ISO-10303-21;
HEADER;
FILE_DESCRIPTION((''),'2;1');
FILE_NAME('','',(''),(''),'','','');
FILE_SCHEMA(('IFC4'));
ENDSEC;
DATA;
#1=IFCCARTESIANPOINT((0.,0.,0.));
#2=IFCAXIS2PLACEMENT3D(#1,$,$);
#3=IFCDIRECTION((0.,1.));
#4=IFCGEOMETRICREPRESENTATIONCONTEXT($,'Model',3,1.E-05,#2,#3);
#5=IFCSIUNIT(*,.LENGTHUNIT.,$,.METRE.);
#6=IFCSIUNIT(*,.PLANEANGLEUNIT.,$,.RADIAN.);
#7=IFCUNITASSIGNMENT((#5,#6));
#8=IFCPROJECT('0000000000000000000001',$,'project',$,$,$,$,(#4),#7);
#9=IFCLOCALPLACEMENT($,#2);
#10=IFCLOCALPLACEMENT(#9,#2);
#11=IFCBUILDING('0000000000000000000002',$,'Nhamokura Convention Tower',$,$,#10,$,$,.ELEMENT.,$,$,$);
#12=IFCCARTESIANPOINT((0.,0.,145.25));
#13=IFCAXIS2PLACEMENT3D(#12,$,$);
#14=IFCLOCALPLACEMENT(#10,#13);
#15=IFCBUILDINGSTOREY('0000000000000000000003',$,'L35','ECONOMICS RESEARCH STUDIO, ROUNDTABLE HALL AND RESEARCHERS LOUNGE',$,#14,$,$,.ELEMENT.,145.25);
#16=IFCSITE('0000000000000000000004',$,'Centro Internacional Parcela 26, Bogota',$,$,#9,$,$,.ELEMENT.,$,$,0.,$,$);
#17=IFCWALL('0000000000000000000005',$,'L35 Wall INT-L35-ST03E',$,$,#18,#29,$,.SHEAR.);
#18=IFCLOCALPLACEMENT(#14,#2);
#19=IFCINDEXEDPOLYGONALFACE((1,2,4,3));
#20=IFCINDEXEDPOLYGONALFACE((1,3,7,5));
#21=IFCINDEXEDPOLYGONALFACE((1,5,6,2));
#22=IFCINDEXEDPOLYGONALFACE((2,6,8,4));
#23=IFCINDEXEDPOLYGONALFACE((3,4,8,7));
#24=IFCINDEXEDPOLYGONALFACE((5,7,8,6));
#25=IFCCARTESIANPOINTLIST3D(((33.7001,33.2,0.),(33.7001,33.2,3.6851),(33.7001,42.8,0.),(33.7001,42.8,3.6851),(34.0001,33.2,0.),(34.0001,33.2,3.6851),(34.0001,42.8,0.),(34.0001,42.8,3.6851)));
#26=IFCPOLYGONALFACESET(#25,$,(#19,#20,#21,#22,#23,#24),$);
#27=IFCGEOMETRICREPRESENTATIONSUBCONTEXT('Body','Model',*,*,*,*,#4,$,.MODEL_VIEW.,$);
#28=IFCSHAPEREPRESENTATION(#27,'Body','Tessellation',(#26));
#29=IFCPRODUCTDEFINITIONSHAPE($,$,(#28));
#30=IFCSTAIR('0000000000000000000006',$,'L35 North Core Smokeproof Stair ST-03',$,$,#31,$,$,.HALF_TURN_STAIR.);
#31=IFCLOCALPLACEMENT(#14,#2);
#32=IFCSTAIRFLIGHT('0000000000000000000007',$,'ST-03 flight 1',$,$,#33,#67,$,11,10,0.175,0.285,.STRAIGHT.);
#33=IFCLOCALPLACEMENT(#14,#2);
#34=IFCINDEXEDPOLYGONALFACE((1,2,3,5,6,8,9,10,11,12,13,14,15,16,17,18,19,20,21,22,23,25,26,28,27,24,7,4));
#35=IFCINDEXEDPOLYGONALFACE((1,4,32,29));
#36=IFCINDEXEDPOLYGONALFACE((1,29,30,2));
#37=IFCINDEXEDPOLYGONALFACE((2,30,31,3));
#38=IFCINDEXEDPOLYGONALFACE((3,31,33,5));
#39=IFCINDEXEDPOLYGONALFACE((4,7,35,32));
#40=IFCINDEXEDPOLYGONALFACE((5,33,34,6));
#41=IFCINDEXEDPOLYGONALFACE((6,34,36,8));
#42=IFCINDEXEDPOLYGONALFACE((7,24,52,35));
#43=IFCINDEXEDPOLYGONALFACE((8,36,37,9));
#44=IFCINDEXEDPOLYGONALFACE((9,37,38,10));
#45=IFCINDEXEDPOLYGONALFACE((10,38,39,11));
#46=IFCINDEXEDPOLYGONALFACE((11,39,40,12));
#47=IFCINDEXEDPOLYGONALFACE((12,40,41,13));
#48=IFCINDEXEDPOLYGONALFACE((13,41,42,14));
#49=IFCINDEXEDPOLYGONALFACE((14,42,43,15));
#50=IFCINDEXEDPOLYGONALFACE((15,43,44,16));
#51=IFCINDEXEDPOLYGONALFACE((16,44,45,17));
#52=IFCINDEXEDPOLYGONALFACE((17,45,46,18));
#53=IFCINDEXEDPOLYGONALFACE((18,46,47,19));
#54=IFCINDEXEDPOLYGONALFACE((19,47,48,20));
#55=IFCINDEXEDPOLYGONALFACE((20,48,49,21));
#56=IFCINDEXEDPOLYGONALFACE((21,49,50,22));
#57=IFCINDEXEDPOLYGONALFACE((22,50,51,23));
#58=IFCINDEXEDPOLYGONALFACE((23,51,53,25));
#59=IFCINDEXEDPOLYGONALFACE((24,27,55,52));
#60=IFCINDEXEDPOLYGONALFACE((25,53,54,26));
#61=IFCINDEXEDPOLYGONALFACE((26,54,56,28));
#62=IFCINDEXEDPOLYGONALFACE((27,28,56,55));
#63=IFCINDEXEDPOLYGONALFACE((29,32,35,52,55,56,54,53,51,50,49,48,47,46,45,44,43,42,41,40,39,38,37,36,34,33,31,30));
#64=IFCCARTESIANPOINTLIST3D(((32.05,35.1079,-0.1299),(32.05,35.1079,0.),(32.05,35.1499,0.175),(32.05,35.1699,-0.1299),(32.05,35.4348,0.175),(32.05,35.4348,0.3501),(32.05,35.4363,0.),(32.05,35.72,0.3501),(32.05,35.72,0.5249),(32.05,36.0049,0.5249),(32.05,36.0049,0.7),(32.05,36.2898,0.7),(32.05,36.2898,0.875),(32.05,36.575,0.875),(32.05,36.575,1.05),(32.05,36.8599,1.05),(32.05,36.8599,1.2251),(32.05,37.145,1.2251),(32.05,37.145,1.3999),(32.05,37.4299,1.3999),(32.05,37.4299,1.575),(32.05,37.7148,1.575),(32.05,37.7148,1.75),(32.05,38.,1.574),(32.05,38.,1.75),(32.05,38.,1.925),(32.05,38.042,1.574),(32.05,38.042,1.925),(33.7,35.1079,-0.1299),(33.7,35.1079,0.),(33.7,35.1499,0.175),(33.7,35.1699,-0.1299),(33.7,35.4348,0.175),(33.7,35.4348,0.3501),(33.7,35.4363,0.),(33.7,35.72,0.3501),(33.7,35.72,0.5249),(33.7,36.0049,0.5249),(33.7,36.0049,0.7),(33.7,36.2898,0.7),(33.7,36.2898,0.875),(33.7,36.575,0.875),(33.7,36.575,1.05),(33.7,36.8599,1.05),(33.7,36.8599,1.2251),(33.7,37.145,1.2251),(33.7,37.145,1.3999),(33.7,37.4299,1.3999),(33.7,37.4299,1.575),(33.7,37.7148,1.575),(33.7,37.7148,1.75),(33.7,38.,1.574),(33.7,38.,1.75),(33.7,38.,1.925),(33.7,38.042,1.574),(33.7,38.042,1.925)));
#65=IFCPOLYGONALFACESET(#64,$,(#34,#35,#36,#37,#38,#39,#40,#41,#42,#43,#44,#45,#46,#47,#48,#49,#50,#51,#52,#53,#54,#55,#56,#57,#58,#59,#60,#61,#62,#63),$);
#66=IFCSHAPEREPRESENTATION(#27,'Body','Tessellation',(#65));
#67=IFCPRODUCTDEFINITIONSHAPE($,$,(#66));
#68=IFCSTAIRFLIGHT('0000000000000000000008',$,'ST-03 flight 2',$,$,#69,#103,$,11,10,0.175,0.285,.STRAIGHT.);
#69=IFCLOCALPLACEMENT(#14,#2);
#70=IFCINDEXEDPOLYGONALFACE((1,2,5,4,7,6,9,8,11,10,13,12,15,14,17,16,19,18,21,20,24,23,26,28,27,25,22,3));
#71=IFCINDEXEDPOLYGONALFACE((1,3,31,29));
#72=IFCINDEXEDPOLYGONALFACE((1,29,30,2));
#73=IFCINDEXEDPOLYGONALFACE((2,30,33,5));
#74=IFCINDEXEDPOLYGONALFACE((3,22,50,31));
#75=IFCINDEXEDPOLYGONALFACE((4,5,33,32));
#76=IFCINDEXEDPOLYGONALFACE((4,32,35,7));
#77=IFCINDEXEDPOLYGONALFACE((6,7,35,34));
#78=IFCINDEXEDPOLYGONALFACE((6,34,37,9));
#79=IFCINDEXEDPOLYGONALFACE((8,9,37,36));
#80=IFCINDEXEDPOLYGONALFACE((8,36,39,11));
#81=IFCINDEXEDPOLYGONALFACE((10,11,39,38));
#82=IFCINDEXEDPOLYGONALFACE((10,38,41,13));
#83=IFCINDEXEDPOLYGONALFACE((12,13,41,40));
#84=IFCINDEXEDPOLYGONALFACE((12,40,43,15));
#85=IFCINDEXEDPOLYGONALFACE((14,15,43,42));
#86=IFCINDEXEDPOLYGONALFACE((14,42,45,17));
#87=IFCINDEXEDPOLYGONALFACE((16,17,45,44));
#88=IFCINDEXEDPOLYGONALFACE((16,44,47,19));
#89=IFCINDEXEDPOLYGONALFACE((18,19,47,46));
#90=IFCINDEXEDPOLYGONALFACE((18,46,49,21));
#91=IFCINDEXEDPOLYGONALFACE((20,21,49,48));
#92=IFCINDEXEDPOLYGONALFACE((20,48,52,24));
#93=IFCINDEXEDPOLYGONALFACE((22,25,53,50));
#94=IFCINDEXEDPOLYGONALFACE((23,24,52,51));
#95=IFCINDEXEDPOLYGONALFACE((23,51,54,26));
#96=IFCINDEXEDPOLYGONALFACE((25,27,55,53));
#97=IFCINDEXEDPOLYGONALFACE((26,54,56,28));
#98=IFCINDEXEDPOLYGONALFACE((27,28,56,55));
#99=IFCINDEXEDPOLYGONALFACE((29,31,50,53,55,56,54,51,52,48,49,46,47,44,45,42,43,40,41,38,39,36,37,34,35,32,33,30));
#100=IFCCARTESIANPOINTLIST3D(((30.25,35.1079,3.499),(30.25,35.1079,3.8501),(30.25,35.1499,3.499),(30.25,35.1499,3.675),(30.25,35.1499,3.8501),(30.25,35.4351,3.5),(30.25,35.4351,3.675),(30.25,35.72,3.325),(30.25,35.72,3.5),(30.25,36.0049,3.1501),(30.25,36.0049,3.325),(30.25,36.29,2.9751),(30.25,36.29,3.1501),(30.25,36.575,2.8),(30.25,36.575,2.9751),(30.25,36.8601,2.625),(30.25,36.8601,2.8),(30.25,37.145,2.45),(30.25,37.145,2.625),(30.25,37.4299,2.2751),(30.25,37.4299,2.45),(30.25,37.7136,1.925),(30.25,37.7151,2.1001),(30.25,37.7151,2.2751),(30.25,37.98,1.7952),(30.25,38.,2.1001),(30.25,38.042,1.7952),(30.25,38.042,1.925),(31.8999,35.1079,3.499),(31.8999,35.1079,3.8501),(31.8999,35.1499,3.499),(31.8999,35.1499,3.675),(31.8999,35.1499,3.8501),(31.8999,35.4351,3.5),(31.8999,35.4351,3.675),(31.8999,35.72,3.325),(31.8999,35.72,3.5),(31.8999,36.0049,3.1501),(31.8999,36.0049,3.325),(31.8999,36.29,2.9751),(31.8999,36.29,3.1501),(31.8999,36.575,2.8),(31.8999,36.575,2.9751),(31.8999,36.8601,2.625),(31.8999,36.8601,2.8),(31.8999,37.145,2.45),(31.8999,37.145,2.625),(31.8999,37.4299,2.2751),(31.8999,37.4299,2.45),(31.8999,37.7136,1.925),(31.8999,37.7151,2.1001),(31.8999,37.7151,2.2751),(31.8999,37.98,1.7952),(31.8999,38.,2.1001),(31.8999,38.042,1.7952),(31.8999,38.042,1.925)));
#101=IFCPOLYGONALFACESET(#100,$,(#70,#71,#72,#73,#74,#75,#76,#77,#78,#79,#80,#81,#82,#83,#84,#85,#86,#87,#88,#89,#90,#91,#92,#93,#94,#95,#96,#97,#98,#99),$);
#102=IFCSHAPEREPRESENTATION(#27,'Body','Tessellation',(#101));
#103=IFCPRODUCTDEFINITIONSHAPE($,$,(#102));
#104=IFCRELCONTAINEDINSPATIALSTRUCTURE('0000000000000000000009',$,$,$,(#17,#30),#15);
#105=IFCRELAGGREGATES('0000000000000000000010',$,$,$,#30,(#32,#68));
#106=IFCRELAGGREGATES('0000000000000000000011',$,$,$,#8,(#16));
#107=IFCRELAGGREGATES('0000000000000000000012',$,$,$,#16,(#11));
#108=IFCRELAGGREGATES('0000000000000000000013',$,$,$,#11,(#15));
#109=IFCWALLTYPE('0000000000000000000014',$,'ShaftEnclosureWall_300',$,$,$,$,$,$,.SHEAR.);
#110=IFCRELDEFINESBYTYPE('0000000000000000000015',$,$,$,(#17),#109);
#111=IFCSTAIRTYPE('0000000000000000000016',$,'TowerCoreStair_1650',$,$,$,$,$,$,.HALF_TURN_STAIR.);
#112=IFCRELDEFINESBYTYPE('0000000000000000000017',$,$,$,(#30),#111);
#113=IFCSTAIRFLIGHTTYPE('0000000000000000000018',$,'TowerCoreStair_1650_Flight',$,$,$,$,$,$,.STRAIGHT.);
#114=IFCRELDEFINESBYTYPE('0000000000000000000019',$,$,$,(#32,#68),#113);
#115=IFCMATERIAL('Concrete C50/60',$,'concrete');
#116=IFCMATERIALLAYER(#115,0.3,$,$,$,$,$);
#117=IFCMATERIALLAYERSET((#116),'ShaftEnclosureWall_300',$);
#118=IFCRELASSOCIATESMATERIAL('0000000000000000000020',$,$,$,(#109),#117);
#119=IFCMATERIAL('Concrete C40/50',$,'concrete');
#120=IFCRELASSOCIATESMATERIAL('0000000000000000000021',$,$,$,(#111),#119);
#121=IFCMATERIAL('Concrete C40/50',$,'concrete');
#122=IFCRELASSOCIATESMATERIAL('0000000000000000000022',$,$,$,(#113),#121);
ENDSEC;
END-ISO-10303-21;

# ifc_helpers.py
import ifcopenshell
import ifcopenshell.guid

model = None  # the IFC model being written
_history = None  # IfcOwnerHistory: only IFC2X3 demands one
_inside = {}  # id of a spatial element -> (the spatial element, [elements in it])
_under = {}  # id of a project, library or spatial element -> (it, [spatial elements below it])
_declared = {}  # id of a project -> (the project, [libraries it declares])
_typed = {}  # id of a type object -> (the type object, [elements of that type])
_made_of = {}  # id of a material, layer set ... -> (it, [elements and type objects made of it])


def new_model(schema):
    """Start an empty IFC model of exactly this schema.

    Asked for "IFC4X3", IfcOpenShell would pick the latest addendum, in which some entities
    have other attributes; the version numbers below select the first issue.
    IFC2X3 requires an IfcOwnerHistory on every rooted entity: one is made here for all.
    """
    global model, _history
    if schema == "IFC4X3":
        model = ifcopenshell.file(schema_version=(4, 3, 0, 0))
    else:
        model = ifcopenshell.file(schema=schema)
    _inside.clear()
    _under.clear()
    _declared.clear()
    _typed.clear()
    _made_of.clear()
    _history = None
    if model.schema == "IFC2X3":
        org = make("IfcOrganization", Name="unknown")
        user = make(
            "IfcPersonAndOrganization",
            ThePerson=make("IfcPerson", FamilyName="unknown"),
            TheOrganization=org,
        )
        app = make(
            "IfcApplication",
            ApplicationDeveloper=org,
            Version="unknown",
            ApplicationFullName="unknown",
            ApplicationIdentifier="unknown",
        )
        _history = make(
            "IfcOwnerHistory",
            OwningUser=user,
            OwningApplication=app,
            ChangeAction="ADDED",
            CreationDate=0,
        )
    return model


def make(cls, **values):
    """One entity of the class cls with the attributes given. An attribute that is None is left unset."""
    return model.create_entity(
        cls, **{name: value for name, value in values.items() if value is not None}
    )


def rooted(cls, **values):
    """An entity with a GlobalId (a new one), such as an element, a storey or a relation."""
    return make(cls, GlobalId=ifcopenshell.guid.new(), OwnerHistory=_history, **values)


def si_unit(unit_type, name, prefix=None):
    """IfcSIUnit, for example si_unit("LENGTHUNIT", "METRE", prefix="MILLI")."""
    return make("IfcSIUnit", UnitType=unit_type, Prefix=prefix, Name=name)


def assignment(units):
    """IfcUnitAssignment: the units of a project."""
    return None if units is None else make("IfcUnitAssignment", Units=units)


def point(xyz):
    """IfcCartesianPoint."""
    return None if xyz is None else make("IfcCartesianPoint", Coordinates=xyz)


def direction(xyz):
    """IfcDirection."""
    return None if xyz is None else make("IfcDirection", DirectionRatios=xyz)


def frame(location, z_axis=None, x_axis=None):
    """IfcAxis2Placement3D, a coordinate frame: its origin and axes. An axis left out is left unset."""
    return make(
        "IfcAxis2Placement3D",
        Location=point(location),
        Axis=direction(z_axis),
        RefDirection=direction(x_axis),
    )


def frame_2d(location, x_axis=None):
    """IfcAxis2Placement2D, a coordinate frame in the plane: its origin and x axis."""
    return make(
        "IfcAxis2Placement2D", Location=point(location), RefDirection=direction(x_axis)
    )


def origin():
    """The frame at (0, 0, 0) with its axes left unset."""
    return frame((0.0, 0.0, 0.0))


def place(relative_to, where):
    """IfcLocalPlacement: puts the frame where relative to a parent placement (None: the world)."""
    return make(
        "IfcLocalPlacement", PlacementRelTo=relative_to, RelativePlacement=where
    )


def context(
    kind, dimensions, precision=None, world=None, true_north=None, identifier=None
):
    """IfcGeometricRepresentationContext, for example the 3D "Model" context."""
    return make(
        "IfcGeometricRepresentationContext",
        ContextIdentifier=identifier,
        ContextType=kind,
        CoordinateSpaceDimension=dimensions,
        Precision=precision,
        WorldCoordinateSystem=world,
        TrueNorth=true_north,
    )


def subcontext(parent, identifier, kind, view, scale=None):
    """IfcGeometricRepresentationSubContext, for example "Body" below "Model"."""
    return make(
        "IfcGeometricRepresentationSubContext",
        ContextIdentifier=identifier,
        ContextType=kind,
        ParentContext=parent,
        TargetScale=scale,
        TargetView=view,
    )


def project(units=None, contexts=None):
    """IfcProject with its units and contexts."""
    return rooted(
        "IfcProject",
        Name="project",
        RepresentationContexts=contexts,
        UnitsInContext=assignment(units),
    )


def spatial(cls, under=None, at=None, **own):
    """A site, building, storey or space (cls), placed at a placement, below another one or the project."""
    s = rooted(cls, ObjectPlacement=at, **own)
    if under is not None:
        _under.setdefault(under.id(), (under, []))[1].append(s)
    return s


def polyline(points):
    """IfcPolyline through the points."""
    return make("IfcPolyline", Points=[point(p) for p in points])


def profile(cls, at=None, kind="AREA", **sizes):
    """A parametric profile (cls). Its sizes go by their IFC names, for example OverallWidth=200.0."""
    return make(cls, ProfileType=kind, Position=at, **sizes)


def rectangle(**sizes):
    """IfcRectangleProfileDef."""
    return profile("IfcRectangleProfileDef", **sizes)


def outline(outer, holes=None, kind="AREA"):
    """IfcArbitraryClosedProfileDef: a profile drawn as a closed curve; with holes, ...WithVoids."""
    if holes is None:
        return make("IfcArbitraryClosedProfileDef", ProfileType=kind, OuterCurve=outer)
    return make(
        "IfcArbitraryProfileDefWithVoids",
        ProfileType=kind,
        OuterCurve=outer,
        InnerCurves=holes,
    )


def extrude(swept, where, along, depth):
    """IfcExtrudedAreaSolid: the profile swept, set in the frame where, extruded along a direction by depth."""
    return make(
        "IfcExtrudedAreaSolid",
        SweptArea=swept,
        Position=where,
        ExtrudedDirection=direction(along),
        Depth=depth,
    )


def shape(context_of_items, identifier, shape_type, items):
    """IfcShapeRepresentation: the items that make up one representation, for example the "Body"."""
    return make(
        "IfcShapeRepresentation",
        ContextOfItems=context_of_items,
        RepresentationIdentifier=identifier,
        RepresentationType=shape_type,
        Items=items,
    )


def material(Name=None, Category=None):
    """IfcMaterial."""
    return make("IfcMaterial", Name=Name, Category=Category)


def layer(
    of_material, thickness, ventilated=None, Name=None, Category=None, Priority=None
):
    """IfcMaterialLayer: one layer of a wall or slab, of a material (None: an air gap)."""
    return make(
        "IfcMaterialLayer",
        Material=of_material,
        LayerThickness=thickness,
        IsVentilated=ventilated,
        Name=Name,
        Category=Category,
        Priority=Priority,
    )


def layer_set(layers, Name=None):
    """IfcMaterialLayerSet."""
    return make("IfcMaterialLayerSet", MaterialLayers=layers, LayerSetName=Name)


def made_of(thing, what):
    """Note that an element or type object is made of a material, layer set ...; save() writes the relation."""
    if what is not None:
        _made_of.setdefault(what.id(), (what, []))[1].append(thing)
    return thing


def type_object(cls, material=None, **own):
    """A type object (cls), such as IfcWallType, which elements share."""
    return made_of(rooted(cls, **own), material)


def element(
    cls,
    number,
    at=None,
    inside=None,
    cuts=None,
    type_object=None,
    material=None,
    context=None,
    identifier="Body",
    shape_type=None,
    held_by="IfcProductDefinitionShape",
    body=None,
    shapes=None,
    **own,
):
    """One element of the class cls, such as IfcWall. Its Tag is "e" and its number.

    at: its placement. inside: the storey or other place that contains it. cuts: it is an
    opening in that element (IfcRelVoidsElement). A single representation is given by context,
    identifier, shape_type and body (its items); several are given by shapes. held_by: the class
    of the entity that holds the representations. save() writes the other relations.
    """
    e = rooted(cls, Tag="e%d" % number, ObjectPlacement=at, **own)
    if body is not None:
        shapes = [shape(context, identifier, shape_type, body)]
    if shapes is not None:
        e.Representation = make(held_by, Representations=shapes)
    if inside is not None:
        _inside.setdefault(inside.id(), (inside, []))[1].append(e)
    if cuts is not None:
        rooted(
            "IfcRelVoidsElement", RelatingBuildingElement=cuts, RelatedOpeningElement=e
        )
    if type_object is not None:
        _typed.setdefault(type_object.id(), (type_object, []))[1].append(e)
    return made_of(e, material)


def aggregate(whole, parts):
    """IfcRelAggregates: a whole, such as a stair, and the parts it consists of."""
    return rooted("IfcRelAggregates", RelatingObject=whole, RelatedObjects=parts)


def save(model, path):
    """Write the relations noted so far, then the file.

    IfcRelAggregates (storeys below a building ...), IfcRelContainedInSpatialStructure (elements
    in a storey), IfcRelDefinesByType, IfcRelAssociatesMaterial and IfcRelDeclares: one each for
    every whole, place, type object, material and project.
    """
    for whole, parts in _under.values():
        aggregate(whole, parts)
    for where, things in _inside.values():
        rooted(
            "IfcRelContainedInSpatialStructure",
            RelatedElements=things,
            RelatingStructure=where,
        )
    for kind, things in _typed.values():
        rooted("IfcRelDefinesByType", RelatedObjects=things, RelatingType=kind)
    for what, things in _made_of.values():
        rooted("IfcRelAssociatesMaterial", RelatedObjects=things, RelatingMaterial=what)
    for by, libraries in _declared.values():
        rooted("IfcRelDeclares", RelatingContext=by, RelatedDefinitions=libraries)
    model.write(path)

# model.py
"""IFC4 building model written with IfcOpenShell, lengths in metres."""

from ifc_helpers import new_model, si_unit, direction, frame, frame_2d, origin, place, context, subcontext, project, spatial, polyline, rectangle, outline, extrude, material, layer, layer_set, type_object, element, aggregate, save


model = new_model("IFC4")

# Units and contexts
model_context = context("Model", 3, precision=1e-05, world=origin(), true_north=direction((0.0, 1.0)))
body_context = subcontext(model_context, "Body", "Model", "MODEL_VIEW")
ifc_project = project(units=[si_unit("LENGTHUNIT", "METRE"), si_unit("PLANEANGLEUNIT", "RADIAN")], contexts=[model_context])

# Site, building, storey
site_placement = place(None, origin())
site = spatial("IfcSite", under=ifc_project, at=site_placement, Name="Centro Internacional Parcela 26, Bogota", CompositionType="ELEMENT", RefElevation=0.0)
building_placement = place(site_placement, origin())
building = spatial("IfcBuilding", under=site, at=building_placement, Name="Nhamokura Convention Tower", CompositionType="ELEMENT")
storey_placement = place(building_placement, frame((0.0, 0.0, 145.25)))
storey = spatial("IfcBuildingStorey", under=building, at=storey_placement, Name="L35", Description="ECONOMICS RESEARCH STUDIO, ROUNDTABLE HALL AND RESEARCHERS LOUNGE", CompositionType="ELEMENT", Elevation=145.25)

# Wall
ifc_material_1 = material(Name="Concrete C50/60", Category="concrete")
ifc_layer_1 = layer(ifc_material_1, 0.3)
ifc_layer_set_1 = layer_set([ifc_layer_1], Name="ShaftEnclosureWall_300")
wall_type_1 = type_object("IfcWallType", Name="ShaftEnclosureWall_300", PredefinedType="SHEAR", material=ifc_layer_set_1)
wall_1_placement = place(storey_placement, frame((33.8501, 33.2, 0.0), z_axis=(0.0, 0.0, 1.0), x_axis=(0.0, 1.0, 0.0)))
element("IfcWall", 1, at=wall_1_placement, inside=storey, type_object=wall_type_1, Name="L35 Wall INT-L35-ST03E", PredefinedType="SHEAR", context=body_context, shape_type="SweptSolid", body=[
    extrude(rectangle(XDim=9.6001, YDim=0.3, at=frame_2d((4.8, 0.0))), origin(), (0.0, 0.0, 1.0), 3.6851),
])

# Stair, stair flights
ifc_material_2 = material(Name="Concrete C40/50", Category="concrete")
stair_type = type_object("IfcStairType", Name="TowerCoreStair_1650", PredefinedType="HALF_TURN_STAIR", material=ifc_material_2)
stair_placement = place(storey_placement, origin())
stair = element("IfcStair", 2, at=stair_placement, inside=storey, type_object=stair_type, Name="L35 North Core Smokeproof Stair ST-03", PredefinedType="HALF_TURN_STAIR")
ifc_material_3 = material(Name="Concrete C40/50", Category="concrete")
stair_flight_type = type_object("IfcStairFlightType", Name="TowerCoreStair_1650_Flight", PredefinedType="STRAIGHT", material=ifc_material_3)
stair_flight_1_placement = place(storey_placement, frame((32.875, 35.1499, 0.0), z_axis=(0.0, 0.0, 1.0), x_axis=(0.0, 1.0, 0.0)))
stair_flight_1 = element("IfcStairFlight", 3, at=stair_flight_1_placement, type_object=stair_flight_type, Name="ST-03 flight 1", NumberOfRisers=11, NumberOfTreads=10, PredefinedType="STRAIGHT", RiserHeight=0.175, TreadLength=0.285, context=body_context, shape_type="SweptSolid", body=[
    extrude(outline(polyline([(-0.042, 0.0), (0.0, 0.175), (0.2849, 0.175), (0.2849, 0.3501), (0.5701, 0.3501), (0.5701, 0.5249), (0.855, 0.5249), (0.855, 0.7), (1.1399, 0.7), (1.1399, 0.875), (1.425, 0.875), (1.425, 1.05), (1.71, 1.05), (1.71, 1.2251), (1.9951, 1.2251), (1.9951, 1.3999), (2.28, 1.3999), (2.28, 1.575), (2.5649, 1.575), (2.5649, 1.75), (2.8501, 1.75), (2.8501, 1.925), (2.8921, 1.925), (2.8921, 1.574), (2.8501, 1.574), (0.2864, 0.0), (0.02, -0.1299), (-0.042, -0.1299), (-0.042, 0.0)])), frame((0.0, 0.825, 0.0), z_axis=(0.0, -1.0, 0.0), x_axis=(1.0, 0.0, 0.0)), (0.0, 0.0, 1.0), 1.6499),
])
stair_flight_2_placement = place(storey_placement, frame((31.075, 38.0, 1.925), z_axis=(0.0, 0.0, 1.0), x_axis=(0.0, -1.0, 0.0)))
stair_flight_2 = element("IfcStairFlight", 4, at=stair_flight_2_placement, type_object=stair_flight_type, Name="ST-03 flight 2", NumberOfRisers=11, NumberOfTreads=10, PredefinedType="STRAIGHT", RiserHeight=0.175, TreadLength=0.285, context=body_context, shape_type="SweptSolid", body=[
    extrude(outline(polyline([(-0.042, 0.0), (0.0, 0.175), (0.2849, 0.175), (0.2849, 0.3501), (0.5701, 0.3501), (0.5701, 0.5249), (0.855, 0.5249), (0.855, 0.7), (1.1399, 0.7), (1.1399, 0.875), (1.425, 0.875), (1.425, 1.05), (1.71, 1.05), (1.71, 1.2251), (1.9951, 1.2251), (1.9951, 1.3999), (2.28, 1.3999), (2.28, 1.575), (2.5649, 1.575), (2.5649, 1.75), (2.8501, 1.75), (2.8501, 1.925), (2.8921, 1.925), (2.8921, 1.574), (2.8501, 1.574), (0.2864, 0.0), (0.02, -0.1299), (-0.042, -0.1299), (-0.042, 0.0)])), frame((0.0, 0.825, 0.0), z_axis=(0.0, -1.0, 0.0), x_axis=(1.0, 0.0, 0.0)), (0.0, 0.0, 1.0), 1.6499),
])
aggregate(stair, [stair_flight_1, stair_flight_2])

save(model, "model.ifc")
